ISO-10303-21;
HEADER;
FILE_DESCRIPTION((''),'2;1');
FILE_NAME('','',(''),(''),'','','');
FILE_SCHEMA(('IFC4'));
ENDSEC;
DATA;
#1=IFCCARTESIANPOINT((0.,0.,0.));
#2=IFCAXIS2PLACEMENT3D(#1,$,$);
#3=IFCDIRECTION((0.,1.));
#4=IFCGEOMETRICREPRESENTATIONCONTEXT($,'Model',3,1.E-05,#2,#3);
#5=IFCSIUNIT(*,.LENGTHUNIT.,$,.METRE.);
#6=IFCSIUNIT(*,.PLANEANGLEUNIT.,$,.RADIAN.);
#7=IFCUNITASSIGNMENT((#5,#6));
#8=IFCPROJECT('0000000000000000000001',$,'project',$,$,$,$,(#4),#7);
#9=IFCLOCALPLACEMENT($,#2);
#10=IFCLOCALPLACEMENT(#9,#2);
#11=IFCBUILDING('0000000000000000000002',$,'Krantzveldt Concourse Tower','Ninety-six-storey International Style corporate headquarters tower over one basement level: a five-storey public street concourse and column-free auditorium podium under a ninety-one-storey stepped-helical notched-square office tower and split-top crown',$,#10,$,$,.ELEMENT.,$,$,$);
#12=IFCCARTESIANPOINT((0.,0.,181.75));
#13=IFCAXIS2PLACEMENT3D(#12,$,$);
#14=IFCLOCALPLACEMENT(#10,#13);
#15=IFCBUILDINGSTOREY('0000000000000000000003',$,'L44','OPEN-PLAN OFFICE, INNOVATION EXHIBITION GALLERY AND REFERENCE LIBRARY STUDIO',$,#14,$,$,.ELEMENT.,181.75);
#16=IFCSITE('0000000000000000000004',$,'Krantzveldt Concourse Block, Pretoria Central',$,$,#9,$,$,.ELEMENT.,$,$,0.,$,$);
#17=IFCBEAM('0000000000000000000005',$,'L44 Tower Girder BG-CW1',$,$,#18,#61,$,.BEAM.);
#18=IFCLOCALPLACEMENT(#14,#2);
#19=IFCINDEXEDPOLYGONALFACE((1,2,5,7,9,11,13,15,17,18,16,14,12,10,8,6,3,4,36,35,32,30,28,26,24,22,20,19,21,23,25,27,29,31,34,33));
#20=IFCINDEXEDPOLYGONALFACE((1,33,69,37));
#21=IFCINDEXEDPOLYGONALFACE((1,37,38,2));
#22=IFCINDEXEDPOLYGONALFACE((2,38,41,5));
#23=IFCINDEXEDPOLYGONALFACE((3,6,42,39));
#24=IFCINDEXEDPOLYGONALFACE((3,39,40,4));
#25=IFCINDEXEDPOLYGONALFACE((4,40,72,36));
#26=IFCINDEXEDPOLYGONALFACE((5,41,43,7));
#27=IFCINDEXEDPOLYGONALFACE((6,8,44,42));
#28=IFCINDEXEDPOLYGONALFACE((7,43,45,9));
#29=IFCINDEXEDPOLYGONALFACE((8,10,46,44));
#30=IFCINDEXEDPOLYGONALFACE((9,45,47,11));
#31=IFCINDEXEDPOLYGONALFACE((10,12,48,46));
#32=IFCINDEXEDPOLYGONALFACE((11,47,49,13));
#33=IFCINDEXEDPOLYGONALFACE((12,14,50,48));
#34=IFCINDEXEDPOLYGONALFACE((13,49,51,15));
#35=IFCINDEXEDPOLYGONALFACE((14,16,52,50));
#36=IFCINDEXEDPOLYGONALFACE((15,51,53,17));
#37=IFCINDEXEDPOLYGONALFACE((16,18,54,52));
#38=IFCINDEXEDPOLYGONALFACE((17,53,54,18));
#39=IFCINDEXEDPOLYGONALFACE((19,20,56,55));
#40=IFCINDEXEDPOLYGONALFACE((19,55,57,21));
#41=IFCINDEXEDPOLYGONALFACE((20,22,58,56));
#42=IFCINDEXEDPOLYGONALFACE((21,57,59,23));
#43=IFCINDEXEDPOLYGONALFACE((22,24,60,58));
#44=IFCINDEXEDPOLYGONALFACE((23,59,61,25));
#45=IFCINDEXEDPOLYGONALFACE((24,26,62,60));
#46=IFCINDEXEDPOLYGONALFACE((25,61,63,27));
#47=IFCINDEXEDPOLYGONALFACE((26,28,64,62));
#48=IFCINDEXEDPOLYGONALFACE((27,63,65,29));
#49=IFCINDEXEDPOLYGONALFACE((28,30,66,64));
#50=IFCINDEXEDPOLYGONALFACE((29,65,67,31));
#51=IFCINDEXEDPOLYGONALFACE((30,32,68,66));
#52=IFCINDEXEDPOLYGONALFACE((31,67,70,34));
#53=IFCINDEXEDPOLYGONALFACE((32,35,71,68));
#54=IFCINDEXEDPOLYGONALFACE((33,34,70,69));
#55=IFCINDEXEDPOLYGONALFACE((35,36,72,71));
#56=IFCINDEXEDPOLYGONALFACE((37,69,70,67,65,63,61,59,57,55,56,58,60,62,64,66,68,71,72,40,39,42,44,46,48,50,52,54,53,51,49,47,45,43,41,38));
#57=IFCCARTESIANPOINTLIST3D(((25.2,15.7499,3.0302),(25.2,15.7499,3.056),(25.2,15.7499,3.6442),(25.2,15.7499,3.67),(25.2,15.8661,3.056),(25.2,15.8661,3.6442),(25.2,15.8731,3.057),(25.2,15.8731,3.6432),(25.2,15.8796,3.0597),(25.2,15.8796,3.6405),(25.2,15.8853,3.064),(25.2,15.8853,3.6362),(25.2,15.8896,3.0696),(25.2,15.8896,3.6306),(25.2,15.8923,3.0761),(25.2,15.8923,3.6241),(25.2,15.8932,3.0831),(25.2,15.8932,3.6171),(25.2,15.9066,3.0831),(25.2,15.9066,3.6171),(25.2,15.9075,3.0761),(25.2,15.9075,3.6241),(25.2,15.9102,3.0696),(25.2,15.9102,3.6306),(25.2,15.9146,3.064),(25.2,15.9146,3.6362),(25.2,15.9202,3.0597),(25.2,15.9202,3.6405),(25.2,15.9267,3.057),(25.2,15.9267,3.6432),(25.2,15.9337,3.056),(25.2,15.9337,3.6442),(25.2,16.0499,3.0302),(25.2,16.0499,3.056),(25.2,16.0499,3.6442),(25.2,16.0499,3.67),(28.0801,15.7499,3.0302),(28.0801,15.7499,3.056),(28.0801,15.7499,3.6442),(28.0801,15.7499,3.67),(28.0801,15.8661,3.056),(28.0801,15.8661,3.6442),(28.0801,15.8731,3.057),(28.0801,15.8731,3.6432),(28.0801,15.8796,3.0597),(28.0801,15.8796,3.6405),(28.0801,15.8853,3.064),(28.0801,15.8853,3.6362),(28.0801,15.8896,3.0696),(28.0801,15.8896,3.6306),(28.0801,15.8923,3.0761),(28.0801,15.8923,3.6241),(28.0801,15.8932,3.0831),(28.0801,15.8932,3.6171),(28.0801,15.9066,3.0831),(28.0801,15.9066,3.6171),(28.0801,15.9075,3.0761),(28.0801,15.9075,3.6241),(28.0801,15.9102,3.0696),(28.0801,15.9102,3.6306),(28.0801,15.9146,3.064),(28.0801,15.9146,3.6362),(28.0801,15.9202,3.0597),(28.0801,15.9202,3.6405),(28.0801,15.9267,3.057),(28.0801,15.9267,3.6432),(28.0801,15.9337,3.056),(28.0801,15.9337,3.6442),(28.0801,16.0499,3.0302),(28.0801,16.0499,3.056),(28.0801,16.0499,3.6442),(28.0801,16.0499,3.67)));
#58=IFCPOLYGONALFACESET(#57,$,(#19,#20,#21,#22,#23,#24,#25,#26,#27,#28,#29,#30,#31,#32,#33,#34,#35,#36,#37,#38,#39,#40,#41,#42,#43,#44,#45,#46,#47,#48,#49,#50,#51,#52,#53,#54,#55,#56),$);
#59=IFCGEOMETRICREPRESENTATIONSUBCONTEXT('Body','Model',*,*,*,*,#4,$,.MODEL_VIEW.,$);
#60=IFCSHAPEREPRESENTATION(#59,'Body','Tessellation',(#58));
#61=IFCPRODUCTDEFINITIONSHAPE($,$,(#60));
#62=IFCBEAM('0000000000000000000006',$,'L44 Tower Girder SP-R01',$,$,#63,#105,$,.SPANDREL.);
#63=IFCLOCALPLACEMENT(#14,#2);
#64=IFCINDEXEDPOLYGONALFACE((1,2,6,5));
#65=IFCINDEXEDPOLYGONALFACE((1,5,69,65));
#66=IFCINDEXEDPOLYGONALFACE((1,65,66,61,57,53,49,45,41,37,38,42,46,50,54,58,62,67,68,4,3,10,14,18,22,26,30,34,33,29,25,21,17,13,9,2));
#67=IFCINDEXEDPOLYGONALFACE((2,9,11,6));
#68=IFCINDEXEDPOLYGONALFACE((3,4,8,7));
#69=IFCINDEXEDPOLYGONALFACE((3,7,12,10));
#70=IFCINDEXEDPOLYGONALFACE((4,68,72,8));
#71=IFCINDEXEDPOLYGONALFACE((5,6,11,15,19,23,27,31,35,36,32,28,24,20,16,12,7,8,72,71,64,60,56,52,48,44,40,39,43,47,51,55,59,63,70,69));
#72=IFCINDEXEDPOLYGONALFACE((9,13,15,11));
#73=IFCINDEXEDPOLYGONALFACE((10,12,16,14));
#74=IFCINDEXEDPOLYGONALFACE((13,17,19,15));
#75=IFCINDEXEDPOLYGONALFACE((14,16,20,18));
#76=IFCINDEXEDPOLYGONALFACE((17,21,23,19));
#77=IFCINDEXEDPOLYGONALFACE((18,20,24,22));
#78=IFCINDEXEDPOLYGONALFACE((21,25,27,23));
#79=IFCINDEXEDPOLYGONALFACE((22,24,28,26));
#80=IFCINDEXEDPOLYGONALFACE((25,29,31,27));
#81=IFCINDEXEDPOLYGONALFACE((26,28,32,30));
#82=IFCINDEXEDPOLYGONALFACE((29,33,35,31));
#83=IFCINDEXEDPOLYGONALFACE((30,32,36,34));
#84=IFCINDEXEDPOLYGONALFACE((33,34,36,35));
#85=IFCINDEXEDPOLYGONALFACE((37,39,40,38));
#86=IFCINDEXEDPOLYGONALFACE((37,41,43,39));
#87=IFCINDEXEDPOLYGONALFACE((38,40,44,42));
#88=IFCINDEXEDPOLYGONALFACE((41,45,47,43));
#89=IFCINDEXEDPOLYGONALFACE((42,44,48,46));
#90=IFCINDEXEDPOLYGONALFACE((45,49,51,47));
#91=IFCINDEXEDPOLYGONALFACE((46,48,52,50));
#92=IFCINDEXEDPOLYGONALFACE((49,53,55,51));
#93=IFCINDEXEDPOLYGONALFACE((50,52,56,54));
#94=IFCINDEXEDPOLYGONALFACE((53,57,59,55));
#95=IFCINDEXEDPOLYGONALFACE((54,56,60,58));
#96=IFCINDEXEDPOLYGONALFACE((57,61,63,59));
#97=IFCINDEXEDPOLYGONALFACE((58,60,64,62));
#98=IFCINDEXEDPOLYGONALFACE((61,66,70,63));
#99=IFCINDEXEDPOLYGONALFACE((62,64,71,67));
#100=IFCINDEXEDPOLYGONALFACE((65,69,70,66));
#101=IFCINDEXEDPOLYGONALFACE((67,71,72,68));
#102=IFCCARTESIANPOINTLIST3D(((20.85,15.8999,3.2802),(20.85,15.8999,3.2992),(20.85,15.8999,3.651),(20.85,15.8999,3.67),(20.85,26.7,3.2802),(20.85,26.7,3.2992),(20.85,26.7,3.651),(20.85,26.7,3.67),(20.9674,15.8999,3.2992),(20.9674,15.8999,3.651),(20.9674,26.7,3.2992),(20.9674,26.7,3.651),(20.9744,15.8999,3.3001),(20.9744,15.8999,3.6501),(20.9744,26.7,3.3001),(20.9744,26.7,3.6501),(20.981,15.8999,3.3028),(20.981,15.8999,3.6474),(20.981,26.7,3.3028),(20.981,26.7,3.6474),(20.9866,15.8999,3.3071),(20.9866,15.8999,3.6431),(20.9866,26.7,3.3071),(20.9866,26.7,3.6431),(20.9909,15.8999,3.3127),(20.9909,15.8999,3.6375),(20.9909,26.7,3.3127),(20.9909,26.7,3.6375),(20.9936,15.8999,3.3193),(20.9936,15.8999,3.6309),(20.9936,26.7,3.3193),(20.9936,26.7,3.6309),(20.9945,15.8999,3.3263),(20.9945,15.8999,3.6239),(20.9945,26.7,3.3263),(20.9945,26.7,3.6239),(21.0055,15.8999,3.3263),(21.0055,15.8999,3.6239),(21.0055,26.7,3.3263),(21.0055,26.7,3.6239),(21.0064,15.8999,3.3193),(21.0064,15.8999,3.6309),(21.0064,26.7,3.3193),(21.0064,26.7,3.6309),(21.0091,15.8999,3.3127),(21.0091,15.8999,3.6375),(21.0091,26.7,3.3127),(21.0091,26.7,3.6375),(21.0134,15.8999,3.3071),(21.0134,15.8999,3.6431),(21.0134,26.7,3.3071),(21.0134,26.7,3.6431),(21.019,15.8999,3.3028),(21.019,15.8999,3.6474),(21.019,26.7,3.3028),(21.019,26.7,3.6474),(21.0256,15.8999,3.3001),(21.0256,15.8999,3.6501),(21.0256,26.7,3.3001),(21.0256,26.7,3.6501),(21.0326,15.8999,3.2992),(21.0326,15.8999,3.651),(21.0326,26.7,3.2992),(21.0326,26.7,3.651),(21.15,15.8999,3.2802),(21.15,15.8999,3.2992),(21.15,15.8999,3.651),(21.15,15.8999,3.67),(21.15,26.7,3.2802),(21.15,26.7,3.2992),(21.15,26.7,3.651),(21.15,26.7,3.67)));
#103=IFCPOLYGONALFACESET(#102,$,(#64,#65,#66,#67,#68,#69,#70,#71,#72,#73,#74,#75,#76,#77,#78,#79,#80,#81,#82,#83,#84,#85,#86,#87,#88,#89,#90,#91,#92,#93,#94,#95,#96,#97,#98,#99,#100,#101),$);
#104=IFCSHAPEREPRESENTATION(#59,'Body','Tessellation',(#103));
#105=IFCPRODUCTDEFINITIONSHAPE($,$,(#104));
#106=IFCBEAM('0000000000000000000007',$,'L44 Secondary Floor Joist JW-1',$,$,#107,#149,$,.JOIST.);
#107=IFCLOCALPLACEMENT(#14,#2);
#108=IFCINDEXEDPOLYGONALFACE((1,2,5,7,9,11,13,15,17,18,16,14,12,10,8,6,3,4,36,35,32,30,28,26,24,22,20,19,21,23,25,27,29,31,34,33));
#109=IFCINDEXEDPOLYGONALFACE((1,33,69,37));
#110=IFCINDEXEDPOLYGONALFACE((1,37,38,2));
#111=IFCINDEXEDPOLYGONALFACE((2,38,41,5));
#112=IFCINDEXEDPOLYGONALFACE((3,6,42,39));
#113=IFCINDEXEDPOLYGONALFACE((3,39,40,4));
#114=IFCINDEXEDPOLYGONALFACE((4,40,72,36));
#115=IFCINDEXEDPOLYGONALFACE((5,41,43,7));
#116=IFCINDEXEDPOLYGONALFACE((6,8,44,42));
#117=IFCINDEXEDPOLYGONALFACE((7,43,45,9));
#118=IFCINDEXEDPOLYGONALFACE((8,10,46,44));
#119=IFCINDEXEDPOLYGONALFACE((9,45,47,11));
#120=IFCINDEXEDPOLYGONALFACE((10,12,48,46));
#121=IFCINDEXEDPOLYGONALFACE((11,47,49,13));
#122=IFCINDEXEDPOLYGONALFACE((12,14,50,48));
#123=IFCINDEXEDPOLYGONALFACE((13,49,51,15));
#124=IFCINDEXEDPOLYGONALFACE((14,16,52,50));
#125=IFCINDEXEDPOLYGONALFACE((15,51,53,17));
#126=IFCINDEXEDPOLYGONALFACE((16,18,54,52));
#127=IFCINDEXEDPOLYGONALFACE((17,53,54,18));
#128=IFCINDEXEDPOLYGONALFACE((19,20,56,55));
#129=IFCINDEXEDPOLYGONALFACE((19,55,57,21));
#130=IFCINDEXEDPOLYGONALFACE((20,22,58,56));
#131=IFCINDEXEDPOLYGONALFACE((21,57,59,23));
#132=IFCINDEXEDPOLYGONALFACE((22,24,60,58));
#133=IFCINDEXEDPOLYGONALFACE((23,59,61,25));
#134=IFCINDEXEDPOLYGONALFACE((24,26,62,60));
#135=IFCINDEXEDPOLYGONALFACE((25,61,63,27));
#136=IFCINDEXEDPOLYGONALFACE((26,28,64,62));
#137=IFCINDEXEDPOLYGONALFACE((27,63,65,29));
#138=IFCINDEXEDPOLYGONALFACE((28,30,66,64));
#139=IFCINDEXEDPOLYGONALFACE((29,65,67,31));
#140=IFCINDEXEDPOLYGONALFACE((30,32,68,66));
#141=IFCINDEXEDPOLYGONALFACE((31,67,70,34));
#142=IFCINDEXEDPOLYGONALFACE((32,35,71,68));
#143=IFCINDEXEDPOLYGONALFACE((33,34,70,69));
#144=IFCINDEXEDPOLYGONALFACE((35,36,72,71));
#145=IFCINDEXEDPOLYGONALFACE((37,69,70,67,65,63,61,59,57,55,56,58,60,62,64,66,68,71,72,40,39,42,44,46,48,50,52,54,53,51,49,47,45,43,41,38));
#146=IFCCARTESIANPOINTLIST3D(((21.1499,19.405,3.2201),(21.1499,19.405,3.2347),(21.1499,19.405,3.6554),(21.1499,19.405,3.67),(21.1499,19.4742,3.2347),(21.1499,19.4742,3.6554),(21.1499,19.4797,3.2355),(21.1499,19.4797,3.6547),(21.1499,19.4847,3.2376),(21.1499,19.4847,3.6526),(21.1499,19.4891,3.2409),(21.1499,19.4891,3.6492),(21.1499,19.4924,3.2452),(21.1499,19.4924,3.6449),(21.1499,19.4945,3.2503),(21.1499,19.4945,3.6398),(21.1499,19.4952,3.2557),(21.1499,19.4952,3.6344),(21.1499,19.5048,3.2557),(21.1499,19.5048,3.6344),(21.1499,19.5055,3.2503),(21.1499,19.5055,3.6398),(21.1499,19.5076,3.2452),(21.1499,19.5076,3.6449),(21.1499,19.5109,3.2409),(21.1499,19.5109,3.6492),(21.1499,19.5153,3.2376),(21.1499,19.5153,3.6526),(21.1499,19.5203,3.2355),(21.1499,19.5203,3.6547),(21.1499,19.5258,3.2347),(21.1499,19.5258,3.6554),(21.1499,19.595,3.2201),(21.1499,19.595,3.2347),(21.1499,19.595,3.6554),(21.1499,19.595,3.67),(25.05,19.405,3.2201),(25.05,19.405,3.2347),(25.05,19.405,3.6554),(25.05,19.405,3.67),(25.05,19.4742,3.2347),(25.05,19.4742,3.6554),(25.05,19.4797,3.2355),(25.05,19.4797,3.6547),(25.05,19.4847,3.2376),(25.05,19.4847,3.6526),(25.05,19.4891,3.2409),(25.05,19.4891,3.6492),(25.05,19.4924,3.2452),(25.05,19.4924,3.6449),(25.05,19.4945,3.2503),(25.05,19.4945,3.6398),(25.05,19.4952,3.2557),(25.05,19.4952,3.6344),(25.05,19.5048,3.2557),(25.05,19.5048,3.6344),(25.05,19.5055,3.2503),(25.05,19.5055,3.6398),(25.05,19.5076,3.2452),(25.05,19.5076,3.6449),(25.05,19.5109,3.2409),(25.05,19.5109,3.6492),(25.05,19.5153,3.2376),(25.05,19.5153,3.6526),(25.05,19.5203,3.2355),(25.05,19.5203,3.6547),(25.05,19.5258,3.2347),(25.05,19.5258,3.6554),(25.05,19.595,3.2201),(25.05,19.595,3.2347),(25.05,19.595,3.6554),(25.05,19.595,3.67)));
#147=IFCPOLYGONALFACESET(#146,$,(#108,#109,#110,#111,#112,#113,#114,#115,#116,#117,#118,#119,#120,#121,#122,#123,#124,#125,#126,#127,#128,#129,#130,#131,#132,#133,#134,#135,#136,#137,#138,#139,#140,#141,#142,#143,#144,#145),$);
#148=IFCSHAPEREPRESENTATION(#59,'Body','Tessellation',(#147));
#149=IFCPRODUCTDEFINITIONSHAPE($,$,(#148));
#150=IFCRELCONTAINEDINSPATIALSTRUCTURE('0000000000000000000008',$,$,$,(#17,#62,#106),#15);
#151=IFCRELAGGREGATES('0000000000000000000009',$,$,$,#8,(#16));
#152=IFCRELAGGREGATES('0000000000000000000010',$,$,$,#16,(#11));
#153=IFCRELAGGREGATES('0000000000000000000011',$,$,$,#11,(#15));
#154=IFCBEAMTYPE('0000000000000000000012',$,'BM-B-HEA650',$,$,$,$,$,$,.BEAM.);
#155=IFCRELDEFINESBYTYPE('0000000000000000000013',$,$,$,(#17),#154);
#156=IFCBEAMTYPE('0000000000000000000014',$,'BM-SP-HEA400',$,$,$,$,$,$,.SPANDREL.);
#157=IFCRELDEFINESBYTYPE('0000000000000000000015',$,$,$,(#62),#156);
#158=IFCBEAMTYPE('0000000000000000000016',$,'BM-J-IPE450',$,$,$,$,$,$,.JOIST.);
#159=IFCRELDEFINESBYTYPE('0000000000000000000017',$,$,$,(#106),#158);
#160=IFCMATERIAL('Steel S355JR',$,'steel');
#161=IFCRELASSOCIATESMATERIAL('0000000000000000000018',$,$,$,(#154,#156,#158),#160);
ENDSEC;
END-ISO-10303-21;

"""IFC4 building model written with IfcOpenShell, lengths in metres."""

from ifc_helpers import new_model, si_unit, direction, frame, origin, origin_2d, place, context, subcontext, project, spatial, i_section, extrude, source, transform, mapped, material, material_profile, profile_set, type_object, type_shapes, element, save


model = new_model("IFC4")

# Units and contexts
model_context = context("Model", 3, precision=1e-05, world=origin(), true_north=direction((0.0, 1.0)))
body_context = subcontext(model_context, "Body", "Model", "MODEL_VIEW")
ifc_project = project(units=[si_unit("LENGTHUNIT", "METRE"), si_unit("PLANEANGLEUNIT", "RADIAN")], contexts=[model_context])

# Site, building, storey
site_placement = place(None, origin())
site = spatial("IfcSite", under=ifc_project, at=site_placement, Name="Krantzveldt Concourse Block, Pretoria Central", CompositionType="ELEMENT", RefElevation=0.0)
building_placement = place(site_placement, origin())
building = spatial("IfcBuilding", under=site, at=building_placement, Name="Krantzveldt Concourse Tower", Description="Ninety-six-storey International Style corporate headquarters tower over one basement level: a five-storey public street concourse and column-free auditorium podium under a ninety-one-storey stepped-helical notched-square office tower and split-top crown", CompositionType="ELEMENT")
storey_placement = place(building_placement, frame((0.0, 0.0, 181.75)))
storey = spatial("IfcBuildingStorey", under=building, at=storey_placement, Name="L44", Description="OPEN-PLAN OFFICE, INNOVATION EXHIBITION GALLERY AND REFERENCE LIBRARY STUDIO", CompositionType="ELEMENT", Elevation=181.75)

# Beams
ifc_material_1 = material(Name="Steel S355JR", Category="steel")
ifc_material_profile_1 = material_profile(ifc_material_1, i_section(OverallWidth=0.3, OverallDepth=0.6399, WebThickness=0.0134, FlangeThickness=0.0259, FilletRadius=0.0271, at=origin_2d()), Name="Steel S355JR", Category="steel")
ifc_profile_set_1 = profile_set([ifc_material_profile_1], Name="Steel S355JR - HEA 650")
beam_type_1 = type_object("IfcBeamType", Name="BM-B-HEA650", PredefinedType="BEAM", material=ifc_profile_set_1)
shared_shape_1 = source(origin(), body_context, "Body", "SweptSolid", [
    extrude(i_section(OverallWidth=0.3, OverallDepth=0.6399, WebThickness=0.0134, FlangeThickness=0.0259, FilletRadius=0.0271, at=origin_2d()), origin(), (0.0, 0.0, 1.0), 2.8801),
])
beam_1_placement = place(storey_placement, frame((25.2, 15.8999, 3.3501), z_axis=(1.0, 0.0, 0.0), x_axis=(0.0, 1.0, 0.0)))
element("IfcBeam", 1, at=beam_1_placement, inside=storey, type_object=beam_type_1, Name="L44 Tower Girder BG-CW1", PredefinedType="BEAM", context=body_context, shape_type="MappedRepresentation", body=[
    mapped(shared_shape_1, transform((0.0, 0.0, 0.0), x_axis=(1.0, 0.0, 0.0), y_axis=(0.0, 1.0, 0.0), z_axis=(0.0, 0.0, 1.0), scale=1.0)),
])
ifc_material_profile_2 = material_profile(ifc_material_1, i_section(OverallWidth=0.3, OverallDepth=0.3899, WebThickness=0.011, FlangeThickness=0.019, FilletRadius=0.0271, at=origin_2d()), Name="Steel S355JR", Category="steel")
ifc_profile_set_2 = profile_set([ifc_material_profile_2], Name="Steel S355JR - HEA 400")
beam_type_2 = type_object("IfcBeamType", Name="BM-SP-HEA400", PredefinedType="SPANDREL", material=ifc_profile_set_2)
shared_shape_2 = source(origin(), body_context, "Body", "SweptSolid", [
    extrude(i_section(OverallWidth=0.3, OverallDepth=0.3899, WebThickness=0.011, FlangeThickness=0.019, FilletRadius=0.0271, at=origin_2d()), origin(), (0.0, 0.0, 1.0), 10.8),
])
type_shapes(beam_type_2, [shared_shape_2])
beam_2_placement = place(storey_placement, frame((21.0, 15.8999, 3.4751), z_axis=(0.0, 1.0, 0.0), x_axis=(-1.0, 0.0, 0.0)))
element("IfcBeam", 2, at=beam_2_placement, inside=storey, type_object=beam_type_2, Name="L44 Tower Girder SP-R01", PredefinedType="SPANDREL", context=body_context, shape_type="MappedRepresentation", body=[
    mapped(shared_shape_2, transform((0.0, 0.0, 0.0), x_axis=(1.0, 0.0, 0.0), y_axis=(0.0, 1.0, 0.0), z_axis=(0.0, 0.0, 1.0), scale=1.0)),
])
ifc_material_profile_3 = material_profile(ifc_material_1, i_section(OverallWidth=0.1899, OverallDepth=0.45, WebThickness=0.0095, FlangeThickness=0.0146, FilletRadius=0.021, at=origin_2d()), Name="Steel S355JR", Category="steel")
ifc_profile_set_3 = profile_set([ifc_material_profile_3], Name="Steel S355JR - IPE 450")
beam_type_3 = type_object("IfcBeamType", Name="BM-J-IPE450", PredefinedType="JOIST", material=ifc_profile_set_3)
shared_shape_3 = source(origin(), body_context, "Body", "SweptSolid", [
    extrude(i_section(OverallWidth=0.1899, OverallDepth=0.45, WebThickness=0.0095, FlangeThickness=0.0146, FilletRadius=0.021, at=origin_2d()), origin(), (0.0, 0.0, 1.0), 3.9001),
])
type_shapes(beam_type_3, [shared_shape_3])
for number, where, z_axis, x_axis, name in (
    (3, (21.1499, 19.5, 3.4451), (1.0, 0.0, 0.0), (0.0, 1.0, 0.0), "L44 Secondary Floor Joist JW-1"),
):
    element("IfcBeam", number, at=place(storey_placement, frame(where, z_axis=z_axis, x_axis=x_axis)), inside=storey, type_object=beam_type_3, Name=name, PredefinedType="JOIST", context=body_context, shape_type="MappedRepresentation", body=[
        mapped(shared_shape_3, transform((0.0, 0.0, 0.0), x_axis=(1.0, 0.0, 0.0), y_axis=(0.0, 1.0, 0.0), z_axis=(0.0, 0.0, 1.0), scale=1.0)),
    ])

save(model, "model.ifc")
